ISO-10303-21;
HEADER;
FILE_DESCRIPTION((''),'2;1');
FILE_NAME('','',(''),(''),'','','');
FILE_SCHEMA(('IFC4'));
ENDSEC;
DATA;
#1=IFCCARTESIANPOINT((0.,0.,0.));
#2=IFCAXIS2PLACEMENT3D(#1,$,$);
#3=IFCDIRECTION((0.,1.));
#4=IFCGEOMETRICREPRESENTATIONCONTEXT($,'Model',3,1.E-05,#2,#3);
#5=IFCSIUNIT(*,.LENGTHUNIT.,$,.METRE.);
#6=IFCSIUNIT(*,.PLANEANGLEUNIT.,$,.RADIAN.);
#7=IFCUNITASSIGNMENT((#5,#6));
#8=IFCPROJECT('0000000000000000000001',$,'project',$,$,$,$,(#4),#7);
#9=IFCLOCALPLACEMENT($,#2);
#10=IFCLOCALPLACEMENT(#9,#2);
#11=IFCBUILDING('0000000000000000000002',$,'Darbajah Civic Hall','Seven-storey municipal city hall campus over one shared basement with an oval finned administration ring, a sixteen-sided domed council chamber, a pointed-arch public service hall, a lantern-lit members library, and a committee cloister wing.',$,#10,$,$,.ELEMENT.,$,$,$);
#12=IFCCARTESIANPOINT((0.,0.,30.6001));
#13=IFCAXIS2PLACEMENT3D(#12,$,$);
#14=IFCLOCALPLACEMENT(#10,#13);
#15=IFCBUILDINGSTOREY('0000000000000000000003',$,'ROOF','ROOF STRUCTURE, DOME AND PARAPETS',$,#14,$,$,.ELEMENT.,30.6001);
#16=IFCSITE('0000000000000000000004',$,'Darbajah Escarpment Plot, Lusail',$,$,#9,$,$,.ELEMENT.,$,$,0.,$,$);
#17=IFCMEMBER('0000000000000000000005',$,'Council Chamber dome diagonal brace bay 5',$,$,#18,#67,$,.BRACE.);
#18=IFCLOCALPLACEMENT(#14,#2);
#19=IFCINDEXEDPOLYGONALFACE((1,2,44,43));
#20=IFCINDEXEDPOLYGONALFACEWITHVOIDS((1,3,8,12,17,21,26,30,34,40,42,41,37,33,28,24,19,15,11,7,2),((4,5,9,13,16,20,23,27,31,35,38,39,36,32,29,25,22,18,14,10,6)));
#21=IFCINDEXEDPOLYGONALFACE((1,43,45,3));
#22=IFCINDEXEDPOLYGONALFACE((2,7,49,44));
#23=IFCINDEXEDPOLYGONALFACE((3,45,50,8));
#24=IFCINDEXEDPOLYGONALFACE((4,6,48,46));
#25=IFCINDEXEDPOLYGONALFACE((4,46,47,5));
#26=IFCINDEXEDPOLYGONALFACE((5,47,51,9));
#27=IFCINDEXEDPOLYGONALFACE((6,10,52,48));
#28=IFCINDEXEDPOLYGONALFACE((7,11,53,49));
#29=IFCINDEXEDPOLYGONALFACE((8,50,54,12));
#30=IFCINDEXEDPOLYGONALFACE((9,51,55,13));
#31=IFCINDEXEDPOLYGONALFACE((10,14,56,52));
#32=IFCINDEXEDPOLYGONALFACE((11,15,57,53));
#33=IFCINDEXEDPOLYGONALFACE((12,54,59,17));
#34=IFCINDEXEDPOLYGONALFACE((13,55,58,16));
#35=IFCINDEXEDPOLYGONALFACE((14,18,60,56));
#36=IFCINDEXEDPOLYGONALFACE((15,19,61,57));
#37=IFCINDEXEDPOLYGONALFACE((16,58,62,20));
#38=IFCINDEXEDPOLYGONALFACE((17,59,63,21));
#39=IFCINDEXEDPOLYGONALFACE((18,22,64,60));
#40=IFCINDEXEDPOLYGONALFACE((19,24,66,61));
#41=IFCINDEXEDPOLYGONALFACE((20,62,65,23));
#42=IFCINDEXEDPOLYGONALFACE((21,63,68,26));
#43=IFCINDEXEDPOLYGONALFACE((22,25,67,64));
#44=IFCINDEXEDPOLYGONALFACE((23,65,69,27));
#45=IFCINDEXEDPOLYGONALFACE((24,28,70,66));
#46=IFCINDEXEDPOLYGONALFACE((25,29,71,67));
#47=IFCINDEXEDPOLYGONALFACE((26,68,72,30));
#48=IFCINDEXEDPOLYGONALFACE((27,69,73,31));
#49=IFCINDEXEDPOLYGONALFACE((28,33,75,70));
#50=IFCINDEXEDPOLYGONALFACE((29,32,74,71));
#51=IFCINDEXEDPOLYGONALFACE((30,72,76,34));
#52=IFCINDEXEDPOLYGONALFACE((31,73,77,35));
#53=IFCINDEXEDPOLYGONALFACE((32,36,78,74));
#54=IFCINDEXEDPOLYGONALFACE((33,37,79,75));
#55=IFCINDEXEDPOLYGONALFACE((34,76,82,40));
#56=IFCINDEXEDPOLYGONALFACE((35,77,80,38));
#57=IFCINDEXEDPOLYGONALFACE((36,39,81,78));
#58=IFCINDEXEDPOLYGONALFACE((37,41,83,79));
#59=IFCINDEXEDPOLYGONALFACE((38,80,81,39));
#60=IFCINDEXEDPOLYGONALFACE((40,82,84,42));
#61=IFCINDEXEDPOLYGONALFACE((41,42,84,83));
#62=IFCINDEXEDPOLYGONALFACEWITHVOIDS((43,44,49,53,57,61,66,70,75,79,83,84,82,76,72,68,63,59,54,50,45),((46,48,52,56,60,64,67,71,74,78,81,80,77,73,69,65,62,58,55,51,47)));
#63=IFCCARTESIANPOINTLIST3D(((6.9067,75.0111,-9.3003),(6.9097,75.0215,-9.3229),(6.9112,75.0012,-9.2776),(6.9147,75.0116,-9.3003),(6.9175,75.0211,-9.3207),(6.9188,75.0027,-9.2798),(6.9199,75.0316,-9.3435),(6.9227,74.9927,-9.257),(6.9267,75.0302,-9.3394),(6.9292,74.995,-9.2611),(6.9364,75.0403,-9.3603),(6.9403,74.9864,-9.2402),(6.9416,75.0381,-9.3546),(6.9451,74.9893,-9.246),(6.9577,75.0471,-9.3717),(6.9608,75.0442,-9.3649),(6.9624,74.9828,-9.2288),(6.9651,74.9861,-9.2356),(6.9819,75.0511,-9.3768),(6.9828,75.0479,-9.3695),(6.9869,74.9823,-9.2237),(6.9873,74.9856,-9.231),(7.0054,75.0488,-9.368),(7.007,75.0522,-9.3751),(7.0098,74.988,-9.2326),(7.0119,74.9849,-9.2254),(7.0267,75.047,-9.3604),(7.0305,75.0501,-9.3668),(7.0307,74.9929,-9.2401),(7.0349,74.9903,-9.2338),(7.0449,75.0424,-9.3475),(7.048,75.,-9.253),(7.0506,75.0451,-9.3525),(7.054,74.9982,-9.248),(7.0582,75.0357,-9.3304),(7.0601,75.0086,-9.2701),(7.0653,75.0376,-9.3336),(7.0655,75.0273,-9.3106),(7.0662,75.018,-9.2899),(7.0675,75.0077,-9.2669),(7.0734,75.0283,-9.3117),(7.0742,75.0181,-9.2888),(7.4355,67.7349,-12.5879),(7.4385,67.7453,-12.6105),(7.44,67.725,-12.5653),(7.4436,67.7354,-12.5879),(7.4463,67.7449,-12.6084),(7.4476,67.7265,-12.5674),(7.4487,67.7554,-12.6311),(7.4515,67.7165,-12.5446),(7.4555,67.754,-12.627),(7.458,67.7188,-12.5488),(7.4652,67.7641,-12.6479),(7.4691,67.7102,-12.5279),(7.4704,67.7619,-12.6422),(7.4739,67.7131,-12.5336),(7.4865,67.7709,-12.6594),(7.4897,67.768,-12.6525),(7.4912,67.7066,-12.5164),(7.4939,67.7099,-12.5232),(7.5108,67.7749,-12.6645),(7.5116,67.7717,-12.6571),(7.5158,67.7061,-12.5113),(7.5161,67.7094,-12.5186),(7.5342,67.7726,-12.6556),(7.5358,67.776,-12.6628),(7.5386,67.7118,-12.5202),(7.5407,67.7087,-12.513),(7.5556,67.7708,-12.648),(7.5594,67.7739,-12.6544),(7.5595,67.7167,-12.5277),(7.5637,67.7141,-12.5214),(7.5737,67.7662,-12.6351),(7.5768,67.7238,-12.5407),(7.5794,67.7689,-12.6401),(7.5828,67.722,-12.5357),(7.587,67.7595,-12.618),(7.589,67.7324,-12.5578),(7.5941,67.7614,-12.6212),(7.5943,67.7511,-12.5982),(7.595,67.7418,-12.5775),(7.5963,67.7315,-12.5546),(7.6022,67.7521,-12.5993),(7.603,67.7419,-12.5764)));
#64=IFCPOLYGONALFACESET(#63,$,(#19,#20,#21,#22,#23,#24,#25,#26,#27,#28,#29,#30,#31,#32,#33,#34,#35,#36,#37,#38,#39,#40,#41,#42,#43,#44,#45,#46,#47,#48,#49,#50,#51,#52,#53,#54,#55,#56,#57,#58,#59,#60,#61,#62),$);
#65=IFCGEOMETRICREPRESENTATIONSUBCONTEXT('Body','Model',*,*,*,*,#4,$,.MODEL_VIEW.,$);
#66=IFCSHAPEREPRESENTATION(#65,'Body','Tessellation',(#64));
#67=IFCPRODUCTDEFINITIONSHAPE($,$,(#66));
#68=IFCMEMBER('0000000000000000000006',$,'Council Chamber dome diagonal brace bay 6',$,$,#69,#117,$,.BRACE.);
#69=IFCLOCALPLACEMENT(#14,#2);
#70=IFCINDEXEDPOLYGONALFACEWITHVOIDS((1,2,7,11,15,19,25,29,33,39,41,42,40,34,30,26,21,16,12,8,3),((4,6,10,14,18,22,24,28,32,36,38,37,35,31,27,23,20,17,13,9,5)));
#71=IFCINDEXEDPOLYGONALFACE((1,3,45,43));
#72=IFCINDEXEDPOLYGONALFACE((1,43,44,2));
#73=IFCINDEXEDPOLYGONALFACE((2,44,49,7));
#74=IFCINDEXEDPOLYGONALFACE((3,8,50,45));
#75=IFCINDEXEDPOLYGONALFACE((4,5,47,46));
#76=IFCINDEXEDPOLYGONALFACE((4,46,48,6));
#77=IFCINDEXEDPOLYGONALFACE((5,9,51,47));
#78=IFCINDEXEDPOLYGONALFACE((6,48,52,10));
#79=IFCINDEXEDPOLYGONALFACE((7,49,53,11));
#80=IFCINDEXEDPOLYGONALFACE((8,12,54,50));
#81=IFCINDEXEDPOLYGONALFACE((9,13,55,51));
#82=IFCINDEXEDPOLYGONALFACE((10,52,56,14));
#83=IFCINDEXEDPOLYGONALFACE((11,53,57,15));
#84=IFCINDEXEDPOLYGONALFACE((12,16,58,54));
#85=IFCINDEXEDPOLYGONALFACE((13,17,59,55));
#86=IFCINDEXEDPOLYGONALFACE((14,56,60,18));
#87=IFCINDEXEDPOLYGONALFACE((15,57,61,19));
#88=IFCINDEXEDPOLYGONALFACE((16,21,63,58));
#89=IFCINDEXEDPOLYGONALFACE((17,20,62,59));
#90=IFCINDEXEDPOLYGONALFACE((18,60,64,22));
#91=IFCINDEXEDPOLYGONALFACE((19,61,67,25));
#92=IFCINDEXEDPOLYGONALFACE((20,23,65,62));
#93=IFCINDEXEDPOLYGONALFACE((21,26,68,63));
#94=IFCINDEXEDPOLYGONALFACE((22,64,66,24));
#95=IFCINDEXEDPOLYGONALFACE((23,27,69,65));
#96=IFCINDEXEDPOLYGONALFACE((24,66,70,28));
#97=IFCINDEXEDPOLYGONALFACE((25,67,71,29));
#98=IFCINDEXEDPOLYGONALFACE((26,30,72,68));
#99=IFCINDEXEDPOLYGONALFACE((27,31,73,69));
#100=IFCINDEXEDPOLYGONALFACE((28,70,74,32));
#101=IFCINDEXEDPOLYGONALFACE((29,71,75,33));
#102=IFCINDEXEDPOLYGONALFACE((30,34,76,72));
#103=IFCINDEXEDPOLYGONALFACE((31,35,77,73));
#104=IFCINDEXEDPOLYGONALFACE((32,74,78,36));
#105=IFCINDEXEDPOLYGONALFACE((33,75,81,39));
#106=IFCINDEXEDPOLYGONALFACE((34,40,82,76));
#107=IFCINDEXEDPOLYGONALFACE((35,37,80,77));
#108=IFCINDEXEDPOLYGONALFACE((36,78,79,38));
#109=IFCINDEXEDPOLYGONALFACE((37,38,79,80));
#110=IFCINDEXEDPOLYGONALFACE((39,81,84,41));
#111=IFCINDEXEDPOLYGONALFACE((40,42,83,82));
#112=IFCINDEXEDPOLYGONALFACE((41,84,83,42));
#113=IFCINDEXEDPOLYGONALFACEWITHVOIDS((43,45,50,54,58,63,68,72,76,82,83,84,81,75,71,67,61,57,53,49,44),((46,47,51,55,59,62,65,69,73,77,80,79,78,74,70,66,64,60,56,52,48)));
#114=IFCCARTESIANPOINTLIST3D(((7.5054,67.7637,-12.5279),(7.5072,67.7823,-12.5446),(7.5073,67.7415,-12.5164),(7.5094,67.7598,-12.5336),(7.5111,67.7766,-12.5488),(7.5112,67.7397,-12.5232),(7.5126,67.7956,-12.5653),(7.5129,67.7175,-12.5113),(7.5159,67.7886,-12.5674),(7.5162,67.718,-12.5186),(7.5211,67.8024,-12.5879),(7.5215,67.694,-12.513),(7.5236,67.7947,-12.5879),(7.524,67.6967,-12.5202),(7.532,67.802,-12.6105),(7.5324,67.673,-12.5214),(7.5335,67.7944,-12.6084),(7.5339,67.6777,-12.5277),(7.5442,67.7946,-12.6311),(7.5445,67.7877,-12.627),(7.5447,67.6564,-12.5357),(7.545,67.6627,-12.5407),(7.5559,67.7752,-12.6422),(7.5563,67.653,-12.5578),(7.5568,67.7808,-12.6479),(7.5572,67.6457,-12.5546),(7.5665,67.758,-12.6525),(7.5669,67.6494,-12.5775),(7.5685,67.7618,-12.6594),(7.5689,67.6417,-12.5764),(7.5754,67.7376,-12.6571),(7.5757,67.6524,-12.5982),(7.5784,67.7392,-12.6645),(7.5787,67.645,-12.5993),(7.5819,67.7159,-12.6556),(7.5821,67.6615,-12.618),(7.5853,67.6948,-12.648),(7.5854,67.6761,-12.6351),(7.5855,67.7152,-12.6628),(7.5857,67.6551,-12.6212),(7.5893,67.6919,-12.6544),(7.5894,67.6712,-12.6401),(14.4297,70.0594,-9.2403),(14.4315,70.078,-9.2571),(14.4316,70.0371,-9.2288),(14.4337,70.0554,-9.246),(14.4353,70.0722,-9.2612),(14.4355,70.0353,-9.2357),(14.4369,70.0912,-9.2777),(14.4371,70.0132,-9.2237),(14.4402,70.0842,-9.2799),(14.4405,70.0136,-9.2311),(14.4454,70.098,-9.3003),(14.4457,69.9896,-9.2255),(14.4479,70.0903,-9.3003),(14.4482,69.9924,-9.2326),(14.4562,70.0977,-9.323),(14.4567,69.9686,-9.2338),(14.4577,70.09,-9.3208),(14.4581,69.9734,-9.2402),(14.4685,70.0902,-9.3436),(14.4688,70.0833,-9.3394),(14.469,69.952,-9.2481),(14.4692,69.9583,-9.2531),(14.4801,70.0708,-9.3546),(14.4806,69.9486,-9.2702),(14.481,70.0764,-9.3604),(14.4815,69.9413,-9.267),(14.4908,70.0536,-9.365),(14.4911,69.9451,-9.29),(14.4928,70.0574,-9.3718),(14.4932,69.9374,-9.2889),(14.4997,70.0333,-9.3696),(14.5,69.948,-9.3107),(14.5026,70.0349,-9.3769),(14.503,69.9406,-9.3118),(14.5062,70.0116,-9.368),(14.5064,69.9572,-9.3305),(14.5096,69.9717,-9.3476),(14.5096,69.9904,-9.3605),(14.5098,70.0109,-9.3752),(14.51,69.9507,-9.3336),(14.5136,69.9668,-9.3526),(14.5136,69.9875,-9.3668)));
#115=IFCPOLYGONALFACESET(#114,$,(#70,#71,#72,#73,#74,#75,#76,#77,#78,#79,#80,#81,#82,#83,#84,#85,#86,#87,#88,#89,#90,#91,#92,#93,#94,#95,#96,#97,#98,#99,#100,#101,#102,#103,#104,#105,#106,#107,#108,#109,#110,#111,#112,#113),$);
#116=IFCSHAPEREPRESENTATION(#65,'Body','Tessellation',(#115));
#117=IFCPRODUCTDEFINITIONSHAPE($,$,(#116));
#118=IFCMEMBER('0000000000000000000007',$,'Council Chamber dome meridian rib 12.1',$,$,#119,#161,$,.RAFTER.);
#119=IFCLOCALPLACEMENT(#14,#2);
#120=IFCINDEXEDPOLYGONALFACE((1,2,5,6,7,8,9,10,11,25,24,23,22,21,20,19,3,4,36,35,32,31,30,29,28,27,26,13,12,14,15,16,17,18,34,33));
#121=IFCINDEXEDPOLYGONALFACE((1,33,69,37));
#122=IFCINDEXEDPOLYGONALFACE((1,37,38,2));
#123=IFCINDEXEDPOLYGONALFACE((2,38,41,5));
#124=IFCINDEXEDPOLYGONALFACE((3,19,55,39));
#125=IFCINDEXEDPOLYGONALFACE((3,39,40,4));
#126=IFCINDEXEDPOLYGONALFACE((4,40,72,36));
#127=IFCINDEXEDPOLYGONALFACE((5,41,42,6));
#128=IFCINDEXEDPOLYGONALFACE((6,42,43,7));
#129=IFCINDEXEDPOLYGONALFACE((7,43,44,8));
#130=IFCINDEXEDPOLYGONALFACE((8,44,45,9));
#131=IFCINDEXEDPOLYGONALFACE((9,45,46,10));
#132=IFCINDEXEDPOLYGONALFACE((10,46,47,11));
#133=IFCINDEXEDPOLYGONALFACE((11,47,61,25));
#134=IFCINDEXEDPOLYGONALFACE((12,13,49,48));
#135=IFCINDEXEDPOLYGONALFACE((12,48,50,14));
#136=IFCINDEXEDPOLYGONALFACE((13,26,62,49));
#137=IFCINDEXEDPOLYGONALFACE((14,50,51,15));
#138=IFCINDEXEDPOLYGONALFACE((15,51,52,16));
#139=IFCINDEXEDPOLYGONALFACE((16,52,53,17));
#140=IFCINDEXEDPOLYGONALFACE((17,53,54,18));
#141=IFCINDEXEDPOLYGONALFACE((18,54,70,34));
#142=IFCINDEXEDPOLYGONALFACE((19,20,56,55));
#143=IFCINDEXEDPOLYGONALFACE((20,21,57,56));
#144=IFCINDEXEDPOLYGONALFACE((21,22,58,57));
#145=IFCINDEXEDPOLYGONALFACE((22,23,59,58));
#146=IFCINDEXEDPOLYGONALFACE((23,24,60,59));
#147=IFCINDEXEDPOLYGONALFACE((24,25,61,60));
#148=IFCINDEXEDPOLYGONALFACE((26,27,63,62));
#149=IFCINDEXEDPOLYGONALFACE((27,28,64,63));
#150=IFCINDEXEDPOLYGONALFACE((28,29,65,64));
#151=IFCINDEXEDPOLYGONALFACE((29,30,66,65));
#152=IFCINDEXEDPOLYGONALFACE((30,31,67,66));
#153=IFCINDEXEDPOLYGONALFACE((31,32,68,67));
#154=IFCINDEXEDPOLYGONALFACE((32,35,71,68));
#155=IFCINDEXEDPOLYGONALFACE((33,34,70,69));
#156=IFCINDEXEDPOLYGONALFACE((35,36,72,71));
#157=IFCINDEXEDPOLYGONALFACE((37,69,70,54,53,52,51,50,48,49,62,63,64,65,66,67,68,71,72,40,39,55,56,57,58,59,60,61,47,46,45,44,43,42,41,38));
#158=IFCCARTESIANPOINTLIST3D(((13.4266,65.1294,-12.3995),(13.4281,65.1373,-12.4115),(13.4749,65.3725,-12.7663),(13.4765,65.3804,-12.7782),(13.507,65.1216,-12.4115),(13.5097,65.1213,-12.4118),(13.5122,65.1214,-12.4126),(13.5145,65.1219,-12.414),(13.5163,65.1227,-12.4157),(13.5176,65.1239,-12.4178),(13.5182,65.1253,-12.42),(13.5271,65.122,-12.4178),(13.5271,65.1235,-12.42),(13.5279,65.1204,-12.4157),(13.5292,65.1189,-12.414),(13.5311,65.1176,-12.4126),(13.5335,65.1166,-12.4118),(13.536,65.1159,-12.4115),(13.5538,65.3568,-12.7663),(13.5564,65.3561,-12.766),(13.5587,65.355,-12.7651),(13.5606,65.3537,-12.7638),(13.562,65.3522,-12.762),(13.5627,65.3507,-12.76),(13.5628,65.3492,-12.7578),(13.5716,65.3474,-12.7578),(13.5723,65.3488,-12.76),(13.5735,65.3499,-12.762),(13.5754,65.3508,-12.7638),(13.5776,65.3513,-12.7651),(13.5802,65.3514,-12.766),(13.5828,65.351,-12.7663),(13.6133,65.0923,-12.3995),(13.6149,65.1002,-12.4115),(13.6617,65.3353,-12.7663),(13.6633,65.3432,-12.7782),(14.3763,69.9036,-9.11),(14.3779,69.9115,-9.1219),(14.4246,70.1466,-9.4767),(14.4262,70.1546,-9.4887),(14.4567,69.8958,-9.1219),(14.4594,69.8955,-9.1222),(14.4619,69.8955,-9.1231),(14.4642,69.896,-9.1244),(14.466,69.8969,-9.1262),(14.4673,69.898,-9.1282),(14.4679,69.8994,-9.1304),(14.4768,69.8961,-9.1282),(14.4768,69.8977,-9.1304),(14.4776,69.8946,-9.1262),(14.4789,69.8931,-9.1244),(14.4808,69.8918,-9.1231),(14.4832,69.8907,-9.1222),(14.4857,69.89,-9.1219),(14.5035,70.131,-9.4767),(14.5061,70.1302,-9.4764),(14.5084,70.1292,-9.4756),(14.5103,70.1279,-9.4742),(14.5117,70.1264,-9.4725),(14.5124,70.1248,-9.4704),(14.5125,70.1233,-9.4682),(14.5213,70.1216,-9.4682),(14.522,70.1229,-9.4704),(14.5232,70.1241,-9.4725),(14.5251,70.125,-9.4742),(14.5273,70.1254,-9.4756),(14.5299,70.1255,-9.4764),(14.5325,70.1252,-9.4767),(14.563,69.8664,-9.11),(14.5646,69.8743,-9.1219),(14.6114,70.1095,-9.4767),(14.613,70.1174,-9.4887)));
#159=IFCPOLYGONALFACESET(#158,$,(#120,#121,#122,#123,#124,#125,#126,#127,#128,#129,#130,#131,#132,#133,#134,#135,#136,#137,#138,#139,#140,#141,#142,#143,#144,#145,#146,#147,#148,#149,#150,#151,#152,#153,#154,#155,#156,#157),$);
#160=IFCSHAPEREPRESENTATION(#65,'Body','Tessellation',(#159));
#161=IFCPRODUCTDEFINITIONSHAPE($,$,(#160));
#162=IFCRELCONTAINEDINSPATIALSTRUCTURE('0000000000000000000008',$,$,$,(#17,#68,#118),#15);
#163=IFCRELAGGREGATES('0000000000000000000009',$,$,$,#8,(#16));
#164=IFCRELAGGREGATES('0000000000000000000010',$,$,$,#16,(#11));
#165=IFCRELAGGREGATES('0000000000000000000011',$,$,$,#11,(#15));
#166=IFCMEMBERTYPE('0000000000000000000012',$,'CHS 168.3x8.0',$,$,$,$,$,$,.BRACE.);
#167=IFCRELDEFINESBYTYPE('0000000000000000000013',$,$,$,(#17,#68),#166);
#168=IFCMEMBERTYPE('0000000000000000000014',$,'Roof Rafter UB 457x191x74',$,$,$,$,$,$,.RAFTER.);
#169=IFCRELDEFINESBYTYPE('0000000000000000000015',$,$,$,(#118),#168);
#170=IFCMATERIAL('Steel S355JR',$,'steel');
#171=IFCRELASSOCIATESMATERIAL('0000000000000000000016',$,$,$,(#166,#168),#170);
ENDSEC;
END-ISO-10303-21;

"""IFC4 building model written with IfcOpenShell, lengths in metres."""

from ifc_helpers import new_model, si_unit, direction, frame, origin, origin_2d, place, context, subcontext, project, spatial, hollow_circle, i_section, extrude, material, material_profile, profile_set, type_object, element, save


model = new_model("IFC4")

# Units and contexts
model_context = context("Model", 3, precision=1e-05, world=origin(), true_north=direction((0.0, 1.0)))
body_context = subcontext(model_context, "Body", "Model", "MODEL_VIEW")
ifc_project = project(units=[si_unit("LENGTHUNIT", "METRE"), si_unit("PLANEANGLEUNIT", "RADIAN")], contexts=[model_context])

# Site, building, storey
site_placement = place(None, origin())
site = spatial("IfcSite", under=ifc_project, at=site_placement, Name="Darbajah Escarpment Plot, Lusail", CompositionType="ELEMENT", RefElevation=0.0)
building_placement = place(site_placement, origin())
building = spatial("IfcBuilding", under=site, at=building_placement, Name="Darbajah Civic Hall", Description="Seven-storey municipal city hall campus over one shared basement with an oval finned administration ring, a sixteen-sided domed council chamber, a pointed-arch public service hall, a lantern-lit members library, and a committee cloister wing.", CompositionType="ELEMENT")
storey_placement = place(building_placement, frame((0.0, 0.0, 30.6001)))
storey = spatial("IfcBuildingStorey", under=building, at=storey_placement, Name="ROOF", Description="ROOF STRUCTURE, DOME AND PARAPETS", CompositionType="ELEMENT", Elevation=30.6001)

# Members
ifc_material_1 = material(Name="Steel S355JR", Category="steel")
ifc_material_profile_1 = material_profile(ifc_material_1, hollow_circle(Radius=0.0842, WallThickness=0.0081, at=origin_2d()), Name="CHS 168.3x8.0")
ifc_profile_set_1 = profile_set([ifc_material_profile_1], Name="Steel S355JR")
member_type_1 = type_object("IfcMemberType", Name="CHS 168.3x8.0", PredefinedType="BRACE", material=ifc_profile_set_1)
member_1_placement = place(storey_placement, frame((7.5195, 67.741, -12.5879), z_axis=(-0.066086, 0.909303, 0.410854), x_axis=(-0.997369, -0.072486, 0.0)))
element("IfcMember", 1, at=member_1_placement, inside=storey, type_object=member_type_1, Name="Council Chamber dome diagonal brace bay 5", PredefinedType="BRACE", context=body_context, shape_type="SweptSolid", body=[
    extrude(hollow_circle(Radius=0.0842, WallThickness=0.0081, at=origin_2d()), origin(), (0.0, 0.0, 1.0), 8.002),
])
member_2_placement = place(storey_placement, frame((7.5476, 67.7224, -12.5879), z_axis=(0.865374, 0.286902, 0.410871), x_axis=(-0.314691, 0.949194, 0.0)))
element("IfcMember", 2, at=member_2_placement, inside=storey, type_object=member_type_1, Name="Council Chamber dome diagonal brace bay 6", PredefinedType="BRACE", context=body_context, shape_type="SweptSolid", body=[
    extrude(hollow_circle(Radius=0.0842, WallThickness=0.0081, at=origin_2d()), origin(), (0.0, 0.0, 1.0), 8.0015),
])
ifc_material_profile_2 = material_profile(ifc_material_1, i_section(OverallWidth=0.1904, OverallDepth=0.457, WebThickness=0.009, FlangeThickness=0.0144, FilletRadius=0.0103, at=origin_2d()), Name="UB 457x191x74")
ifc_profile_set_2 = profile_set([ifc_material_profile_2], Name="Steel S355JR")
member_type_2 = type_object("IfcMemberType", Name="Roof Rafter UB 457x191x74", PredefinedType="RAFTER", material=ifc_profile_set_2)
member_3_placement = place(storey_placement, frame((13.5449, 65.2363, -12.5889), z_axis=(0.161652, 0.812623, 0.559922), x_axis=(-0.980783, 0.195103, 0.0)))
element("IfcMember", 3, at=member_3_placement, inside=storey, type_object=member_type_2, Name="Council Chamber dome meridian rib 12.1", PredefinedType="RAFTER", context=body_context, shape_type="SweptSolid", body=[
    extrude(i_section(OverallWidth=0.1904, OverallDepth=0.457, WebThickness=0.009, FlangeThickness=0.0144, FilletRadius=0.0103, at=origin_2d()), origin(), (0.0, 0.0, 1.0), 5.875),
])

save(model, "model.ifc")
